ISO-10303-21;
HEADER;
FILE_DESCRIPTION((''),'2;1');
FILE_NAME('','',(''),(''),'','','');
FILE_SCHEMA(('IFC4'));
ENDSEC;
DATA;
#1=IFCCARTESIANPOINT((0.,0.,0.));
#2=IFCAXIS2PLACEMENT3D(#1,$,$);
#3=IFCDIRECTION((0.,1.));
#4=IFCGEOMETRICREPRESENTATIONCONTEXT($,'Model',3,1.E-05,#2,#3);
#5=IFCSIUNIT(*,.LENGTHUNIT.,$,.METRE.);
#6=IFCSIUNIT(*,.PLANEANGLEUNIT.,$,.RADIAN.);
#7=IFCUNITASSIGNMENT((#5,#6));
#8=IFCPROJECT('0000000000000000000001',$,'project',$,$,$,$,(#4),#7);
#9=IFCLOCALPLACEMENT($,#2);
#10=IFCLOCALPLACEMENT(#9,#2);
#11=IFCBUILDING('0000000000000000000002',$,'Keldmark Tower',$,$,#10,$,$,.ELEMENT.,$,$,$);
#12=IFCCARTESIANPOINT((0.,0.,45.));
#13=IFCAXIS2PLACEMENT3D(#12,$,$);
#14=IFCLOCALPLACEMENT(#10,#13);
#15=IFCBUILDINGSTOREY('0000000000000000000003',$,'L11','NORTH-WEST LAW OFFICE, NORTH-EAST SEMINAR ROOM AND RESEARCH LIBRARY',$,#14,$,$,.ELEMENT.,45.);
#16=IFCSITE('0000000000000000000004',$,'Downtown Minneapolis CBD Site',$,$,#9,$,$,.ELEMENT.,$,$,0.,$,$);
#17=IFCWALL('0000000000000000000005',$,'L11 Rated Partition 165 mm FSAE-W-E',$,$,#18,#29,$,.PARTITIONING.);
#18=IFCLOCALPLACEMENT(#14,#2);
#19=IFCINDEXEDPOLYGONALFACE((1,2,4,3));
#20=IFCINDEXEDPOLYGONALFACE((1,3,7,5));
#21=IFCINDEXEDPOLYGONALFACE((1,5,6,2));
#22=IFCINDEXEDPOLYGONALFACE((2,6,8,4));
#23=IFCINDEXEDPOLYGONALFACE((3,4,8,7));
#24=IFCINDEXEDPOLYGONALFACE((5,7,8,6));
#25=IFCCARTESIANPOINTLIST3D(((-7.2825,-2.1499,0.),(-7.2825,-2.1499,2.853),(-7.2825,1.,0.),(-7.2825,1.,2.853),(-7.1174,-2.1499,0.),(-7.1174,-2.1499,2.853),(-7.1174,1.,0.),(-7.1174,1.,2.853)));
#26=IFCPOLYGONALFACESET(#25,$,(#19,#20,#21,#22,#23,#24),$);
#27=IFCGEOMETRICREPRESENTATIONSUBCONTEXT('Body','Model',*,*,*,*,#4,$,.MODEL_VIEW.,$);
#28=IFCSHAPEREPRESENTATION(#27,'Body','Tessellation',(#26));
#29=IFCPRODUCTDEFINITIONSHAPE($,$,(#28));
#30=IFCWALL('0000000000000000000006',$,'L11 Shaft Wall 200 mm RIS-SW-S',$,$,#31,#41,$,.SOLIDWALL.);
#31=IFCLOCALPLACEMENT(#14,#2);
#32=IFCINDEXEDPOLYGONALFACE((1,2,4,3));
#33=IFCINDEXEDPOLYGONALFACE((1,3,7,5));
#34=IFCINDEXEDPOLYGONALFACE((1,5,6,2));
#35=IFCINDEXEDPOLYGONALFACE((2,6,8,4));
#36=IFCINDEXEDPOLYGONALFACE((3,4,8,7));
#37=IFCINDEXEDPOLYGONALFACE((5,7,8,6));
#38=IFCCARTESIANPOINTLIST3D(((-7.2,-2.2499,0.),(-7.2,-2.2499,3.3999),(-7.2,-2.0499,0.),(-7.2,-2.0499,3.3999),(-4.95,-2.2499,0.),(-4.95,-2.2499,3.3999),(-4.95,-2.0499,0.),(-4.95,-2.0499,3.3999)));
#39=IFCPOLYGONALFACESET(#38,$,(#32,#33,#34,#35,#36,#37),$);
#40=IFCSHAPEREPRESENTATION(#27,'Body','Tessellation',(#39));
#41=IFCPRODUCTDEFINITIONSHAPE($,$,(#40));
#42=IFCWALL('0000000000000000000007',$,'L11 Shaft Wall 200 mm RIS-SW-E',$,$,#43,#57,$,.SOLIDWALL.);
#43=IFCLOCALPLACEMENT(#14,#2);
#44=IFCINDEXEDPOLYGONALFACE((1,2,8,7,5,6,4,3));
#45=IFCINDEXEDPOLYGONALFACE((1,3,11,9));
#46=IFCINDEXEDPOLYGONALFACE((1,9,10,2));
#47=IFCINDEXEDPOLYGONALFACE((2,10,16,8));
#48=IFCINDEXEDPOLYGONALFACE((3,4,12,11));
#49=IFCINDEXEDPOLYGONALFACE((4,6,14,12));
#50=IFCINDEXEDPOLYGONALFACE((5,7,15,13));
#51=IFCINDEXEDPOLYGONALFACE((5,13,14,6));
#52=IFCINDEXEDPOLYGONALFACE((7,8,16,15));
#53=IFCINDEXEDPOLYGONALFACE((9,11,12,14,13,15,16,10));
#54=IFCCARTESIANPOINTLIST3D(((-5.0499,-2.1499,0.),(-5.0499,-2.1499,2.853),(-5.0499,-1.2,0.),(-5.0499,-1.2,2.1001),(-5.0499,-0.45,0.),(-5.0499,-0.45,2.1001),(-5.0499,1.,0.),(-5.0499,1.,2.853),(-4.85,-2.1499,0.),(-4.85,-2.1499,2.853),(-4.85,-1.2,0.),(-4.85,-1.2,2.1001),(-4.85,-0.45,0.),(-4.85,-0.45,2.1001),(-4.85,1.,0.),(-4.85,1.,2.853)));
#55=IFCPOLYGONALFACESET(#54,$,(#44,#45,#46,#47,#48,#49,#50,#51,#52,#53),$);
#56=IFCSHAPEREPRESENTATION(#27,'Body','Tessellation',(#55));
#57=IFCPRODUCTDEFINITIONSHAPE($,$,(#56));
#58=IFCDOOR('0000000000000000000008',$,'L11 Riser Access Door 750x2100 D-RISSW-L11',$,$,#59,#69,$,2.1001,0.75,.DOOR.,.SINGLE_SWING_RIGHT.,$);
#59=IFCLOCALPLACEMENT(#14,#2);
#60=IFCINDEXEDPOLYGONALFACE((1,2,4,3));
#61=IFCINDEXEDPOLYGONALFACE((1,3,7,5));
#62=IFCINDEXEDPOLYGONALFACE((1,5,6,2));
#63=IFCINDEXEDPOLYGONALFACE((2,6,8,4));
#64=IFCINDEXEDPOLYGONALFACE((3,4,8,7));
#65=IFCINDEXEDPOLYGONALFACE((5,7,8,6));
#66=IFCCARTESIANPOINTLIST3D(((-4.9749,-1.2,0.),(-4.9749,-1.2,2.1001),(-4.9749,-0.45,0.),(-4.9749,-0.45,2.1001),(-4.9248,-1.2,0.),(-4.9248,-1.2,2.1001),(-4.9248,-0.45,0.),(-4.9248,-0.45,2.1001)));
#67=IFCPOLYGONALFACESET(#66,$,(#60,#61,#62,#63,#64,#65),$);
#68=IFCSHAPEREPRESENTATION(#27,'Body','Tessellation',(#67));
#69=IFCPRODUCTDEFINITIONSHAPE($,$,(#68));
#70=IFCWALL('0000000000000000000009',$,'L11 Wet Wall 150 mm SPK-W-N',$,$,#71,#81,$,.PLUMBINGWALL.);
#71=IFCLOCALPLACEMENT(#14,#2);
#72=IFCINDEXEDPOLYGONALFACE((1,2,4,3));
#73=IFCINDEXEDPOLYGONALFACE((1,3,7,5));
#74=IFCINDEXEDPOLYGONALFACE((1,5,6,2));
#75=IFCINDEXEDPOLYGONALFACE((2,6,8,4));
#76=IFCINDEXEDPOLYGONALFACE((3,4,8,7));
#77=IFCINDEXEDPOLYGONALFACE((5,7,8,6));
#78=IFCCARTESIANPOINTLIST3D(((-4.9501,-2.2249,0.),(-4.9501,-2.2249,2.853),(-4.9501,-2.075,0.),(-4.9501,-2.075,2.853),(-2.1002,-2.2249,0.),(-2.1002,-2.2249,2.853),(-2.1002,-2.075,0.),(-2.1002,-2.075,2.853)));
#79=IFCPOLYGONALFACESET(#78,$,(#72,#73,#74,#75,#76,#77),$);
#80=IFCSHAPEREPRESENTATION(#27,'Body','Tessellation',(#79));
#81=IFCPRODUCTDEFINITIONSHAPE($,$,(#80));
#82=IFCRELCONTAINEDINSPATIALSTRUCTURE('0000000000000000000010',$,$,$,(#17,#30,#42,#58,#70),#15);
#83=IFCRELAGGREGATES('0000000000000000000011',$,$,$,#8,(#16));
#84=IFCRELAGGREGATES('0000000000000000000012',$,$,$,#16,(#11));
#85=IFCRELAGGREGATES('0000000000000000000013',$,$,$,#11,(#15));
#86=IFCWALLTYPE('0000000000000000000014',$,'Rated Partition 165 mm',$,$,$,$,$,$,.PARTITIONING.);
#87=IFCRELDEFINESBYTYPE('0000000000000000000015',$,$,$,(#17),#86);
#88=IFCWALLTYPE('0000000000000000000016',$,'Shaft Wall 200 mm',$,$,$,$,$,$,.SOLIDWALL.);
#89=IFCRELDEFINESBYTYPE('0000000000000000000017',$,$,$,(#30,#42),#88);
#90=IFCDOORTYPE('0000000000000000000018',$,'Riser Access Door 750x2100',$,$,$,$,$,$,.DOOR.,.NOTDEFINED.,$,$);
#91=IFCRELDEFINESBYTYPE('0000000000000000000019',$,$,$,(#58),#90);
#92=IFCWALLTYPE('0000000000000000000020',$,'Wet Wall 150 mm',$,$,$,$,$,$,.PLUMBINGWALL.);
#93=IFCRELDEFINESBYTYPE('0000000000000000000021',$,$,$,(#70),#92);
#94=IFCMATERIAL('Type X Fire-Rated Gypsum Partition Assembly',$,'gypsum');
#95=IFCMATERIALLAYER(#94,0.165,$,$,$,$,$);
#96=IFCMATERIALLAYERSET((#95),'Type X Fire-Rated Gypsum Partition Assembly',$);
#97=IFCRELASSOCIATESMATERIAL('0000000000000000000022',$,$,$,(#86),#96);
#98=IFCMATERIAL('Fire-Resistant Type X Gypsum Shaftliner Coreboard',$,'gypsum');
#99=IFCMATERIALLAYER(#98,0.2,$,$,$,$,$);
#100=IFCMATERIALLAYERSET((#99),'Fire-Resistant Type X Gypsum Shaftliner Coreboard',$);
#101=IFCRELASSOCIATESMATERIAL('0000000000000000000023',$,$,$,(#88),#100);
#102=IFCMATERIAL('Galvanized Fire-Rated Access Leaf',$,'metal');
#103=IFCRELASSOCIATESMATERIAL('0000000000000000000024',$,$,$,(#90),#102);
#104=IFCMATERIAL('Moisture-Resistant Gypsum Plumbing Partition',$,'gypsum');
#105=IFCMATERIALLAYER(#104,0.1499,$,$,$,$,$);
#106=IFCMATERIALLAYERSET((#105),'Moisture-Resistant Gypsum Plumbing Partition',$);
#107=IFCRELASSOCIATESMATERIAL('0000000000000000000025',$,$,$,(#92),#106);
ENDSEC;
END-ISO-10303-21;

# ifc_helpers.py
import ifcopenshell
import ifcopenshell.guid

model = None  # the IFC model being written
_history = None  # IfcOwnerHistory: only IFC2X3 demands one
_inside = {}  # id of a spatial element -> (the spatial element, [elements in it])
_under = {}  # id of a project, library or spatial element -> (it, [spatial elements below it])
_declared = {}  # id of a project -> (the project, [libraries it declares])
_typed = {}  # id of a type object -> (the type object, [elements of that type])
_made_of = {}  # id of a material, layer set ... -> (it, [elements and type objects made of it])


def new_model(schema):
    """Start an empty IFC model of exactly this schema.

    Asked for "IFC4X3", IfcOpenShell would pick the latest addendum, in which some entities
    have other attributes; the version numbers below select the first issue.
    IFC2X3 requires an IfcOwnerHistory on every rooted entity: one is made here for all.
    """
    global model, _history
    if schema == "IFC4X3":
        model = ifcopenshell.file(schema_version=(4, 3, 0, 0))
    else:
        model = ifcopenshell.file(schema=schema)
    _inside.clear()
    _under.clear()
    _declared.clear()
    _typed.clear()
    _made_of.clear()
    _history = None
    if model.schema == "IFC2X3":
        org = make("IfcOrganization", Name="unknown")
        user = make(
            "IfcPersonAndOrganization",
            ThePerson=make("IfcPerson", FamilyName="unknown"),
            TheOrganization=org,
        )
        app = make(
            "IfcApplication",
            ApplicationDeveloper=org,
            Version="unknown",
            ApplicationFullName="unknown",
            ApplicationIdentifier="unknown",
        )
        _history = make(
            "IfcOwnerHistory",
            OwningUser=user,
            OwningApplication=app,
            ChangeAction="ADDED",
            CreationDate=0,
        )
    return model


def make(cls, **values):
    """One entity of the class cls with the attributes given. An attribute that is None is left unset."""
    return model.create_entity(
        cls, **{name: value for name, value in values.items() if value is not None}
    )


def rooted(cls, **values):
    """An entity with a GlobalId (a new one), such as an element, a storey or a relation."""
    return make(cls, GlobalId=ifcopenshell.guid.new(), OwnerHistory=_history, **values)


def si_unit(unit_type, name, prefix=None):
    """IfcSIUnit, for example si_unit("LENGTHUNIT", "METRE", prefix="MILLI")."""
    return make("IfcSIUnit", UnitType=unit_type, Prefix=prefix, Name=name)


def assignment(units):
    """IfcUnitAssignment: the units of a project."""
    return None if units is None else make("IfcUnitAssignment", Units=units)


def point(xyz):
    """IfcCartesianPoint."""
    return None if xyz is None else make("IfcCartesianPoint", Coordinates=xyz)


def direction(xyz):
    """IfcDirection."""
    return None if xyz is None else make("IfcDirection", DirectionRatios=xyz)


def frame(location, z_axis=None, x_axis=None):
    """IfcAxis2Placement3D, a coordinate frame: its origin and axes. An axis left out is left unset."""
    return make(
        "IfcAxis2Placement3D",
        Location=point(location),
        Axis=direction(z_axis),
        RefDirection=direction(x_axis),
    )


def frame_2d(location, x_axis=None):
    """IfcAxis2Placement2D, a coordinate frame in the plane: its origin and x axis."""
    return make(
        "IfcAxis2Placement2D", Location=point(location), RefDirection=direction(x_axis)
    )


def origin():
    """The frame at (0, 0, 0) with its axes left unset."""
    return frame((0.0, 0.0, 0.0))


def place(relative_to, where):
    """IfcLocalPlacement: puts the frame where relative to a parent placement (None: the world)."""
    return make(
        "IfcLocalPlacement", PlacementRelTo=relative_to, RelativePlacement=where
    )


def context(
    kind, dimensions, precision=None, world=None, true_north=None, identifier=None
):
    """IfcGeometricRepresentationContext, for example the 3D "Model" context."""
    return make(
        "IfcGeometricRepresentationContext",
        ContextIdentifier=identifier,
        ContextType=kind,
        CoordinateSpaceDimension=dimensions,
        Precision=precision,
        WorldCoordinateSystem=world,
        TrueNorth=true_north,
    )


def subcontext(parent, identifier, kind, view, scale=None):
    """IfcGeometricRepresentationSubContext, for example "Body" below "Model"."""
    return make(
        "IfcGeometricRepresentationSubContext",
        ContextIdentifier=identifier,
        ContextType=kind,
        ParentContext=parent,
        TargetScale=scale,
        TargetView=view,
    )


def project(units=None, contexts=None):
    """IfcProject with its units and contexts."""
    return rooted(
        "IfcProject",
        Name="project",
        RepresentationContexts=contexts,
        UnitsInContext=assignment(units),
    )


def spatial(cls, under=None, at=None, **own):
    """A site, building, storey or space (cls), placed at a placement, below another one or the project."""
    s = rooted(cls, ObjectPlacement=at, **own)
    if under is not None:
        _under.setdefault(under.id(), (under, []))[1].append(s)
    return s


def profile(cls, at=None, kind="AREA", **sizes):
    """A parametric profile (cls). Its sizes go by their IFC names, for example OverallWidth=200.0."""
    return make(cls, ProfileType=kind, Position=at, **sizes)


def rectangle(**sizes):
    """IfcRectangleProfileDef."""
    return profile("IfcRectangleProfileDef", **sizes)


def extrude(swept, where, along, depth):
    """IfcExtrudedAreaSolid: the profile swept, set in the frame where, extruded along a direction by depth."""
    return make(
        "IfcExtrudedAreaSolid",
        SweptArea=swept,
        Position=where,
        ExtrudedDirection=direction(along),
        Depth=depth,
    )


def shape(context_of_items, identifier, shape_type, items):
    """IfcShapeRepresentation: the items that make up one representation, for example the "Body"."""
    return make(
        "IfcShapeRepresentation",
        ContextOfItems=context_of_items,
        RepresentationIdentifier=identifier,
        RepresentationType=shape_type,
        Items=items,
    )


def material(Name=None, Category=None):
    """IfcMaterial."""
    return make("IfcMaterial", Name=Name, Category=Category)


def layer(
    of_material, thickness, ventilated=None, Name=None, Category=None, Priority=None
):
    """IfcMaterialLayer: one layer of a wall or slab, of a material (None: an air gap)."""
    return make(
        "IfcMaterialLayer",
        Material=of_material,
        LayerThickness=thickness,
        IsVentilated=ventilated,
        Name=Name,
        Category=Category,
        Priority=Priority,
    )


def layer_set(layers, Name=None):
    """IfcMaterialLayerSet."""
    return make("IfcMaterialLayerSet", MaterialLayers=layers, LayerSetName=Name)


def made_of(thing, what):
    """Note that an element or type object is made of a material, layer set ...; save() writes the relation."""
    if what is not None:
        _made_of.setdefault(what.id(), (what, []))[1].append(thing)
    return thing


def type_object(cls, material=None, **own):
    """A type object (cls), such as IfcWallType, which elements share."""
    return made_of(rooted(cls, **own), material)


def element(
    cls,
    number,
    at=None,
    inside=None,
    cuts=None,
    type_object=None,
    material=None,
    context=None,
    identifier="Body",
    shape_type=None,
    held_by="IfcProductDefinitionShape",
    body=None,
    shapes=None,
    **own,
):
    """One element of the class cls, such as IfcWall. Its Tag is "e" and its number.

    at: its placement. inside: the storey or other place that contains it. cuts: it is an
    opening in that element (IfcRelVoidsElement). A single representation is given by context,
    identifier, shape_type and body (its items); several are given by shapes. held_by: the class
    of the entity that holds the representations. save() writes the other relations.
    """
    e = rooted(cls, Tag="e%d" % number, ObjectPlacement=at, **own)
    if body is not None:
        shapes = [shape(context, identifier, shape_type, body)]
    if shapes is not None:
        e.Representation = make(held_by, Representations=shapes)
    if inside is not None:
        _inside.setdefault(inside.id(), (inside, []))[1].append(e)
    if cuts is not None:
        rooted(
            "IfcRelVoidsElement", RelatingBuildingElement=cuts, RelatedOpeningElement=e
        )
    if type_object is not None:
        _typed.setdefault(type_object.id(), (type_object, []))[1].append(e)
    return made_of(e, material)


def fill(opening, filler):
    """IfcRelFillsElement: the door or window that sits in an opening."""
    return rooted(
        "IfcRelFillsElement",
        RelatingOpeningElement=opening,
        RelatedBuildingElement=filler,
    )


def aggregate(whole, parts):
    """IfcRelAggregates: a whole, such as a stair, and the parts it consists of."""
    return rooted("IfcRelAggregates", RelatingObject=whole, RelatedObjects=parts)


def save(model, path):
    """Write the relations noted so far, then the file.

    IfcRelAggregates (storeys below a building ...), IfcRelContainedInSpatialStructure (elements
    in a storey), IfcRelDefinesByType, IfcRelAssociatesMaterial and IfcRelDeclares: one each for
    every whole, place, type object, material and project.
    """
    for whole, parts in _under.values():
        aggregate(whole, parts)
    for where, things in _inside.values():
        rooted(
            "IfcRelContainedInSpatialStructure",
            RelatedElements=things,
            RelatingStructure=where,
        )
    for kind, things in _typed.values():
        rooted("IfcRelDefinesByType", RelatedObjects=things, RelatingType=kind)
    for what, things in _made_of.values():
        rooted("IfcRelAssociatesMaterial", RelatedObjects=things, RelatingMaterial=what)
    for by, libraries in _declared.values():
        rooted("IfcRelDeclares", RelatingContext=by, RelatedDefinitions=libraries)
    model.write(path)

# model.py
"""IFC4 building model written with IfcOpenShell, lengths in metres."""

from ifc_helpers import new_model, si_unit, direction, frame, frame_2d, origin, place, context, subcontext, project, spatial, rectangle, extrude, material, layer, layer_set, type_object, element, fill, save


model = new_model("IFC4")

# Units and contexts
model_context = context("Model", 3, precision=1e-05, world=origin(), true_north=direction((0.0, 1.0)))
body_context = subcontext(model_context, "Body", "Model", "MODEL_VIEW")
ifc_project = project(units=[si_unit("LENGTHUNIT", "METRE"), si_unit("PLANEANGLEUNIT", "RADIAN")], contexts=[model_context])

# Site, building, storey
site_placement = place(None, origin())
site = spatial("IfcSite", under=ifc_project, at=site_placement, Name="Downtown Minneapolis CBD Site", CompositionType="ELEMENT", RefElevation=0.0)
building_placement = place(site_placement, origin())
building = spatial("IfcBuilding", under=site, at=building_placement, Name="Keldmark Tower", CompositionType="ELEMENT")
storey_placement = place(building_placement, frame((0.0, 0.0, 45.0)))
storey = spatial("IfcBuildingStorey", under=building, at=storey_placement, Name="L11", Description="NORTH-WEST LAW OFFICE, NORTH-EAST SEMINAR ROOM AND RESEARCH LIBRARY", CompositionType="ELEMENT", Elevation=45.0)

# Shared definitions
ifc_material_1 = material(Name="Type X Fire-Rated Gypsum Partition Assembly", Category="gypsum")
ifc_layer_1 = layer(ifc_material_1, 0.165)
ifc_layer_set_1 = layer_set([ifc_layer_1], Name="Type X Fire-Rated Gypsum Partition Assembly")
wall_type_1 = type_object("IfcWallType", Name="Rated Partition 165 mm", PredefinedType="PARTITIONING", material=ifc_layer_set_1)

# Walls
wall_1_placement = place(storey_placement, frame((-7.2, -2.1499, 0.0), z_axis=(0.0, 0.0, 1.0), x_axis=(0.0, 1.0, 0.0)))
element("IfcWall", 1, at=wall_1_placement, inside=storey, type_object=wall_type_1, Name="L11 Rated Partition 165 mm FSAE-W-E", PredefinedType="PARTITIONING", context=body_context, shape_type="SweptSolid", body=[
    extrude(rectangle(XDim=3.1499, YDim=0.165, at=frame_2d((1.575, 0.0))), origin(), (0.0, 0.0, 1.0), 2.853),
])
ifc_material_2 = material(Name="Fire-Resistant Type X Gypsum Shaftliner Coreboard", Category="gypsum")
ifc_layer_2 = layer(ifc_material_2, 0.2)
ifc_layer_set_2 = layer_set([ifc_layer_2], Name="Fire-Resistant Type X Gypsum Shaftliner Coreboard")
wall_type_2 = type_object("IfcWallType", Name="Shaft Wall 200 mm", PredefinedType="SOLIDWALL", material=ifc_layer_set_2)
wall_2_placement = place(storey_placement, frame((-7.2, -2.1499, 0.0), z_axis=(0.0, 0.0, 1.0), x_axis=(1.0, 0.0, 0.0)))
element("IfcWall", 2, at=wall_2_placement, inside=storey, type_object=wall_type_2, Name="L11 Shaft Wall 200 mm RIS-SW-S", PredefinedType="SOLIDWALL", context=body_context, shape_type="SweptSolid", body=[
    extrude(rectangle(XDim=2.25, YDim=0.2, at=frame_2d((1.125, 0.0))), origin(), (0.0, 0.0, 1.0), 3.3999),
])

# Wall, opening, door
wall_3_placement = place(storey_placement, frame((-4.95, -2.1499, 0.0), z_axis=(0.0, 0.0, 1.0), x_axis=(0.0, 1.0, 0.0)))
wall_3 = element("IfcWall", 3, at=wall_3_placement, inside=storey, type_object=wall_type_2, Name="L11 Shaft Wall 200 mm RIS-SW-E", PredefinedType="SOLIDWALL", context=body_context, shape_type="SweptSolid", body=[
    extrude(rectangle(XDim=3.1499, YDim=0.2, at=frame_2d((1.575, 0.0))), origin(), (0.0, 0.0, 1.0), 2.853),
])
opening_1_placement = place(wall_3_placement, frame((0.95, 0.0, 0.0)))
opening_1 = element("IfcOpeningElement", 4, at=opening_1_placement, cuts=wall_3, PredefinedType="OPENING", context=body_context, shape_type="SweptSolid", body=[
    extrude(rectangle(XDim=0.75, YDim=2.1001, at=frame_2d((0.375, 1.05))), frame((0.0, 0.1099, 0.0), z_axis=(0.0, -1.0, 0.0), x_axis=(1.0, 0.0, 0.0)), (0.0, 0.0, 1.0), 0.22),
])
ifc_material_3 = material(Name="Galvanized Fire-Rated Access Leaf", Category="metal")
door_type_1 = type_object("IfcDoorType", Name="Riser Access Door 750x2100", OperationType="NOTDEFINED", PredefinedType="DOOR", material=ifc_material_3)
door_1_placement = place(opening_1_placement, origin())
door_1 = element("IfcDoor", 5, at=door_1_placement, inside=storey, type_object=door_type_1, Name="L11 Riser Access Door 750x2100 D-RISSW-L11", OperationType="SINGLE_SWING_RIGHT", OverallHeight=2.1001, OverallWidth=0.75, PredefinedType="DOOR", context=body_context, shape_type="SweptSolid", body=[
    extrude(rectangle(XDim=0.75, YDim=2.1001, at=frame_2d((0.375, 1.05))), frame((0.0, 0.0249, 0.0), z_axis=(0.0, -1.0, 0.0), x_axis=(1.0, 0.0, 0.0)), (0.0, 0.0, 1.0), 0.05),
])
fill(opening_1, door_1)

# Wall
ifc_material_4 = material(Name="Moisture-Resistant Gypsum Plumbing Partition", Category="gypsum")
ifc_layer_3 = layer(ifc_material_4, 0.1499)
ifc_layer_set_3 = layer_set([ifc_layer_3], Name="Moisture-Resistant Gypsum Plumbing Partition")
wall_type_3 = type_object("IfcWallType", Name="Wet Wall 150 mm", PredefinedType="PLUMBINGWALL", material=ifc_layer_set_3)
wall_4_placement = place(storey_placement, frame((-4.95, -2.1499, 0.0), z_axis=(0.0, 0.0, 1.0), x_axis=(1.0, 0.0, 0.0)))
element("IfcWall", 6, at=wall_4_placement, inside=storey, type_object=wall_type_3, Name="L11 Wet Wall 150 mm SPK-W-N", PredefinedType="PLUMBINGWALL", context=body_context, shape_type="SweptSolid", body=[
    extrude(rectangle(XDim=2.8499, YDim=0.1499, at=frame_2d((1.4248, 0.0))), origin(), (0.0, 0.0, 1.0), 2.853),
])

save(model, "model.ifc")
